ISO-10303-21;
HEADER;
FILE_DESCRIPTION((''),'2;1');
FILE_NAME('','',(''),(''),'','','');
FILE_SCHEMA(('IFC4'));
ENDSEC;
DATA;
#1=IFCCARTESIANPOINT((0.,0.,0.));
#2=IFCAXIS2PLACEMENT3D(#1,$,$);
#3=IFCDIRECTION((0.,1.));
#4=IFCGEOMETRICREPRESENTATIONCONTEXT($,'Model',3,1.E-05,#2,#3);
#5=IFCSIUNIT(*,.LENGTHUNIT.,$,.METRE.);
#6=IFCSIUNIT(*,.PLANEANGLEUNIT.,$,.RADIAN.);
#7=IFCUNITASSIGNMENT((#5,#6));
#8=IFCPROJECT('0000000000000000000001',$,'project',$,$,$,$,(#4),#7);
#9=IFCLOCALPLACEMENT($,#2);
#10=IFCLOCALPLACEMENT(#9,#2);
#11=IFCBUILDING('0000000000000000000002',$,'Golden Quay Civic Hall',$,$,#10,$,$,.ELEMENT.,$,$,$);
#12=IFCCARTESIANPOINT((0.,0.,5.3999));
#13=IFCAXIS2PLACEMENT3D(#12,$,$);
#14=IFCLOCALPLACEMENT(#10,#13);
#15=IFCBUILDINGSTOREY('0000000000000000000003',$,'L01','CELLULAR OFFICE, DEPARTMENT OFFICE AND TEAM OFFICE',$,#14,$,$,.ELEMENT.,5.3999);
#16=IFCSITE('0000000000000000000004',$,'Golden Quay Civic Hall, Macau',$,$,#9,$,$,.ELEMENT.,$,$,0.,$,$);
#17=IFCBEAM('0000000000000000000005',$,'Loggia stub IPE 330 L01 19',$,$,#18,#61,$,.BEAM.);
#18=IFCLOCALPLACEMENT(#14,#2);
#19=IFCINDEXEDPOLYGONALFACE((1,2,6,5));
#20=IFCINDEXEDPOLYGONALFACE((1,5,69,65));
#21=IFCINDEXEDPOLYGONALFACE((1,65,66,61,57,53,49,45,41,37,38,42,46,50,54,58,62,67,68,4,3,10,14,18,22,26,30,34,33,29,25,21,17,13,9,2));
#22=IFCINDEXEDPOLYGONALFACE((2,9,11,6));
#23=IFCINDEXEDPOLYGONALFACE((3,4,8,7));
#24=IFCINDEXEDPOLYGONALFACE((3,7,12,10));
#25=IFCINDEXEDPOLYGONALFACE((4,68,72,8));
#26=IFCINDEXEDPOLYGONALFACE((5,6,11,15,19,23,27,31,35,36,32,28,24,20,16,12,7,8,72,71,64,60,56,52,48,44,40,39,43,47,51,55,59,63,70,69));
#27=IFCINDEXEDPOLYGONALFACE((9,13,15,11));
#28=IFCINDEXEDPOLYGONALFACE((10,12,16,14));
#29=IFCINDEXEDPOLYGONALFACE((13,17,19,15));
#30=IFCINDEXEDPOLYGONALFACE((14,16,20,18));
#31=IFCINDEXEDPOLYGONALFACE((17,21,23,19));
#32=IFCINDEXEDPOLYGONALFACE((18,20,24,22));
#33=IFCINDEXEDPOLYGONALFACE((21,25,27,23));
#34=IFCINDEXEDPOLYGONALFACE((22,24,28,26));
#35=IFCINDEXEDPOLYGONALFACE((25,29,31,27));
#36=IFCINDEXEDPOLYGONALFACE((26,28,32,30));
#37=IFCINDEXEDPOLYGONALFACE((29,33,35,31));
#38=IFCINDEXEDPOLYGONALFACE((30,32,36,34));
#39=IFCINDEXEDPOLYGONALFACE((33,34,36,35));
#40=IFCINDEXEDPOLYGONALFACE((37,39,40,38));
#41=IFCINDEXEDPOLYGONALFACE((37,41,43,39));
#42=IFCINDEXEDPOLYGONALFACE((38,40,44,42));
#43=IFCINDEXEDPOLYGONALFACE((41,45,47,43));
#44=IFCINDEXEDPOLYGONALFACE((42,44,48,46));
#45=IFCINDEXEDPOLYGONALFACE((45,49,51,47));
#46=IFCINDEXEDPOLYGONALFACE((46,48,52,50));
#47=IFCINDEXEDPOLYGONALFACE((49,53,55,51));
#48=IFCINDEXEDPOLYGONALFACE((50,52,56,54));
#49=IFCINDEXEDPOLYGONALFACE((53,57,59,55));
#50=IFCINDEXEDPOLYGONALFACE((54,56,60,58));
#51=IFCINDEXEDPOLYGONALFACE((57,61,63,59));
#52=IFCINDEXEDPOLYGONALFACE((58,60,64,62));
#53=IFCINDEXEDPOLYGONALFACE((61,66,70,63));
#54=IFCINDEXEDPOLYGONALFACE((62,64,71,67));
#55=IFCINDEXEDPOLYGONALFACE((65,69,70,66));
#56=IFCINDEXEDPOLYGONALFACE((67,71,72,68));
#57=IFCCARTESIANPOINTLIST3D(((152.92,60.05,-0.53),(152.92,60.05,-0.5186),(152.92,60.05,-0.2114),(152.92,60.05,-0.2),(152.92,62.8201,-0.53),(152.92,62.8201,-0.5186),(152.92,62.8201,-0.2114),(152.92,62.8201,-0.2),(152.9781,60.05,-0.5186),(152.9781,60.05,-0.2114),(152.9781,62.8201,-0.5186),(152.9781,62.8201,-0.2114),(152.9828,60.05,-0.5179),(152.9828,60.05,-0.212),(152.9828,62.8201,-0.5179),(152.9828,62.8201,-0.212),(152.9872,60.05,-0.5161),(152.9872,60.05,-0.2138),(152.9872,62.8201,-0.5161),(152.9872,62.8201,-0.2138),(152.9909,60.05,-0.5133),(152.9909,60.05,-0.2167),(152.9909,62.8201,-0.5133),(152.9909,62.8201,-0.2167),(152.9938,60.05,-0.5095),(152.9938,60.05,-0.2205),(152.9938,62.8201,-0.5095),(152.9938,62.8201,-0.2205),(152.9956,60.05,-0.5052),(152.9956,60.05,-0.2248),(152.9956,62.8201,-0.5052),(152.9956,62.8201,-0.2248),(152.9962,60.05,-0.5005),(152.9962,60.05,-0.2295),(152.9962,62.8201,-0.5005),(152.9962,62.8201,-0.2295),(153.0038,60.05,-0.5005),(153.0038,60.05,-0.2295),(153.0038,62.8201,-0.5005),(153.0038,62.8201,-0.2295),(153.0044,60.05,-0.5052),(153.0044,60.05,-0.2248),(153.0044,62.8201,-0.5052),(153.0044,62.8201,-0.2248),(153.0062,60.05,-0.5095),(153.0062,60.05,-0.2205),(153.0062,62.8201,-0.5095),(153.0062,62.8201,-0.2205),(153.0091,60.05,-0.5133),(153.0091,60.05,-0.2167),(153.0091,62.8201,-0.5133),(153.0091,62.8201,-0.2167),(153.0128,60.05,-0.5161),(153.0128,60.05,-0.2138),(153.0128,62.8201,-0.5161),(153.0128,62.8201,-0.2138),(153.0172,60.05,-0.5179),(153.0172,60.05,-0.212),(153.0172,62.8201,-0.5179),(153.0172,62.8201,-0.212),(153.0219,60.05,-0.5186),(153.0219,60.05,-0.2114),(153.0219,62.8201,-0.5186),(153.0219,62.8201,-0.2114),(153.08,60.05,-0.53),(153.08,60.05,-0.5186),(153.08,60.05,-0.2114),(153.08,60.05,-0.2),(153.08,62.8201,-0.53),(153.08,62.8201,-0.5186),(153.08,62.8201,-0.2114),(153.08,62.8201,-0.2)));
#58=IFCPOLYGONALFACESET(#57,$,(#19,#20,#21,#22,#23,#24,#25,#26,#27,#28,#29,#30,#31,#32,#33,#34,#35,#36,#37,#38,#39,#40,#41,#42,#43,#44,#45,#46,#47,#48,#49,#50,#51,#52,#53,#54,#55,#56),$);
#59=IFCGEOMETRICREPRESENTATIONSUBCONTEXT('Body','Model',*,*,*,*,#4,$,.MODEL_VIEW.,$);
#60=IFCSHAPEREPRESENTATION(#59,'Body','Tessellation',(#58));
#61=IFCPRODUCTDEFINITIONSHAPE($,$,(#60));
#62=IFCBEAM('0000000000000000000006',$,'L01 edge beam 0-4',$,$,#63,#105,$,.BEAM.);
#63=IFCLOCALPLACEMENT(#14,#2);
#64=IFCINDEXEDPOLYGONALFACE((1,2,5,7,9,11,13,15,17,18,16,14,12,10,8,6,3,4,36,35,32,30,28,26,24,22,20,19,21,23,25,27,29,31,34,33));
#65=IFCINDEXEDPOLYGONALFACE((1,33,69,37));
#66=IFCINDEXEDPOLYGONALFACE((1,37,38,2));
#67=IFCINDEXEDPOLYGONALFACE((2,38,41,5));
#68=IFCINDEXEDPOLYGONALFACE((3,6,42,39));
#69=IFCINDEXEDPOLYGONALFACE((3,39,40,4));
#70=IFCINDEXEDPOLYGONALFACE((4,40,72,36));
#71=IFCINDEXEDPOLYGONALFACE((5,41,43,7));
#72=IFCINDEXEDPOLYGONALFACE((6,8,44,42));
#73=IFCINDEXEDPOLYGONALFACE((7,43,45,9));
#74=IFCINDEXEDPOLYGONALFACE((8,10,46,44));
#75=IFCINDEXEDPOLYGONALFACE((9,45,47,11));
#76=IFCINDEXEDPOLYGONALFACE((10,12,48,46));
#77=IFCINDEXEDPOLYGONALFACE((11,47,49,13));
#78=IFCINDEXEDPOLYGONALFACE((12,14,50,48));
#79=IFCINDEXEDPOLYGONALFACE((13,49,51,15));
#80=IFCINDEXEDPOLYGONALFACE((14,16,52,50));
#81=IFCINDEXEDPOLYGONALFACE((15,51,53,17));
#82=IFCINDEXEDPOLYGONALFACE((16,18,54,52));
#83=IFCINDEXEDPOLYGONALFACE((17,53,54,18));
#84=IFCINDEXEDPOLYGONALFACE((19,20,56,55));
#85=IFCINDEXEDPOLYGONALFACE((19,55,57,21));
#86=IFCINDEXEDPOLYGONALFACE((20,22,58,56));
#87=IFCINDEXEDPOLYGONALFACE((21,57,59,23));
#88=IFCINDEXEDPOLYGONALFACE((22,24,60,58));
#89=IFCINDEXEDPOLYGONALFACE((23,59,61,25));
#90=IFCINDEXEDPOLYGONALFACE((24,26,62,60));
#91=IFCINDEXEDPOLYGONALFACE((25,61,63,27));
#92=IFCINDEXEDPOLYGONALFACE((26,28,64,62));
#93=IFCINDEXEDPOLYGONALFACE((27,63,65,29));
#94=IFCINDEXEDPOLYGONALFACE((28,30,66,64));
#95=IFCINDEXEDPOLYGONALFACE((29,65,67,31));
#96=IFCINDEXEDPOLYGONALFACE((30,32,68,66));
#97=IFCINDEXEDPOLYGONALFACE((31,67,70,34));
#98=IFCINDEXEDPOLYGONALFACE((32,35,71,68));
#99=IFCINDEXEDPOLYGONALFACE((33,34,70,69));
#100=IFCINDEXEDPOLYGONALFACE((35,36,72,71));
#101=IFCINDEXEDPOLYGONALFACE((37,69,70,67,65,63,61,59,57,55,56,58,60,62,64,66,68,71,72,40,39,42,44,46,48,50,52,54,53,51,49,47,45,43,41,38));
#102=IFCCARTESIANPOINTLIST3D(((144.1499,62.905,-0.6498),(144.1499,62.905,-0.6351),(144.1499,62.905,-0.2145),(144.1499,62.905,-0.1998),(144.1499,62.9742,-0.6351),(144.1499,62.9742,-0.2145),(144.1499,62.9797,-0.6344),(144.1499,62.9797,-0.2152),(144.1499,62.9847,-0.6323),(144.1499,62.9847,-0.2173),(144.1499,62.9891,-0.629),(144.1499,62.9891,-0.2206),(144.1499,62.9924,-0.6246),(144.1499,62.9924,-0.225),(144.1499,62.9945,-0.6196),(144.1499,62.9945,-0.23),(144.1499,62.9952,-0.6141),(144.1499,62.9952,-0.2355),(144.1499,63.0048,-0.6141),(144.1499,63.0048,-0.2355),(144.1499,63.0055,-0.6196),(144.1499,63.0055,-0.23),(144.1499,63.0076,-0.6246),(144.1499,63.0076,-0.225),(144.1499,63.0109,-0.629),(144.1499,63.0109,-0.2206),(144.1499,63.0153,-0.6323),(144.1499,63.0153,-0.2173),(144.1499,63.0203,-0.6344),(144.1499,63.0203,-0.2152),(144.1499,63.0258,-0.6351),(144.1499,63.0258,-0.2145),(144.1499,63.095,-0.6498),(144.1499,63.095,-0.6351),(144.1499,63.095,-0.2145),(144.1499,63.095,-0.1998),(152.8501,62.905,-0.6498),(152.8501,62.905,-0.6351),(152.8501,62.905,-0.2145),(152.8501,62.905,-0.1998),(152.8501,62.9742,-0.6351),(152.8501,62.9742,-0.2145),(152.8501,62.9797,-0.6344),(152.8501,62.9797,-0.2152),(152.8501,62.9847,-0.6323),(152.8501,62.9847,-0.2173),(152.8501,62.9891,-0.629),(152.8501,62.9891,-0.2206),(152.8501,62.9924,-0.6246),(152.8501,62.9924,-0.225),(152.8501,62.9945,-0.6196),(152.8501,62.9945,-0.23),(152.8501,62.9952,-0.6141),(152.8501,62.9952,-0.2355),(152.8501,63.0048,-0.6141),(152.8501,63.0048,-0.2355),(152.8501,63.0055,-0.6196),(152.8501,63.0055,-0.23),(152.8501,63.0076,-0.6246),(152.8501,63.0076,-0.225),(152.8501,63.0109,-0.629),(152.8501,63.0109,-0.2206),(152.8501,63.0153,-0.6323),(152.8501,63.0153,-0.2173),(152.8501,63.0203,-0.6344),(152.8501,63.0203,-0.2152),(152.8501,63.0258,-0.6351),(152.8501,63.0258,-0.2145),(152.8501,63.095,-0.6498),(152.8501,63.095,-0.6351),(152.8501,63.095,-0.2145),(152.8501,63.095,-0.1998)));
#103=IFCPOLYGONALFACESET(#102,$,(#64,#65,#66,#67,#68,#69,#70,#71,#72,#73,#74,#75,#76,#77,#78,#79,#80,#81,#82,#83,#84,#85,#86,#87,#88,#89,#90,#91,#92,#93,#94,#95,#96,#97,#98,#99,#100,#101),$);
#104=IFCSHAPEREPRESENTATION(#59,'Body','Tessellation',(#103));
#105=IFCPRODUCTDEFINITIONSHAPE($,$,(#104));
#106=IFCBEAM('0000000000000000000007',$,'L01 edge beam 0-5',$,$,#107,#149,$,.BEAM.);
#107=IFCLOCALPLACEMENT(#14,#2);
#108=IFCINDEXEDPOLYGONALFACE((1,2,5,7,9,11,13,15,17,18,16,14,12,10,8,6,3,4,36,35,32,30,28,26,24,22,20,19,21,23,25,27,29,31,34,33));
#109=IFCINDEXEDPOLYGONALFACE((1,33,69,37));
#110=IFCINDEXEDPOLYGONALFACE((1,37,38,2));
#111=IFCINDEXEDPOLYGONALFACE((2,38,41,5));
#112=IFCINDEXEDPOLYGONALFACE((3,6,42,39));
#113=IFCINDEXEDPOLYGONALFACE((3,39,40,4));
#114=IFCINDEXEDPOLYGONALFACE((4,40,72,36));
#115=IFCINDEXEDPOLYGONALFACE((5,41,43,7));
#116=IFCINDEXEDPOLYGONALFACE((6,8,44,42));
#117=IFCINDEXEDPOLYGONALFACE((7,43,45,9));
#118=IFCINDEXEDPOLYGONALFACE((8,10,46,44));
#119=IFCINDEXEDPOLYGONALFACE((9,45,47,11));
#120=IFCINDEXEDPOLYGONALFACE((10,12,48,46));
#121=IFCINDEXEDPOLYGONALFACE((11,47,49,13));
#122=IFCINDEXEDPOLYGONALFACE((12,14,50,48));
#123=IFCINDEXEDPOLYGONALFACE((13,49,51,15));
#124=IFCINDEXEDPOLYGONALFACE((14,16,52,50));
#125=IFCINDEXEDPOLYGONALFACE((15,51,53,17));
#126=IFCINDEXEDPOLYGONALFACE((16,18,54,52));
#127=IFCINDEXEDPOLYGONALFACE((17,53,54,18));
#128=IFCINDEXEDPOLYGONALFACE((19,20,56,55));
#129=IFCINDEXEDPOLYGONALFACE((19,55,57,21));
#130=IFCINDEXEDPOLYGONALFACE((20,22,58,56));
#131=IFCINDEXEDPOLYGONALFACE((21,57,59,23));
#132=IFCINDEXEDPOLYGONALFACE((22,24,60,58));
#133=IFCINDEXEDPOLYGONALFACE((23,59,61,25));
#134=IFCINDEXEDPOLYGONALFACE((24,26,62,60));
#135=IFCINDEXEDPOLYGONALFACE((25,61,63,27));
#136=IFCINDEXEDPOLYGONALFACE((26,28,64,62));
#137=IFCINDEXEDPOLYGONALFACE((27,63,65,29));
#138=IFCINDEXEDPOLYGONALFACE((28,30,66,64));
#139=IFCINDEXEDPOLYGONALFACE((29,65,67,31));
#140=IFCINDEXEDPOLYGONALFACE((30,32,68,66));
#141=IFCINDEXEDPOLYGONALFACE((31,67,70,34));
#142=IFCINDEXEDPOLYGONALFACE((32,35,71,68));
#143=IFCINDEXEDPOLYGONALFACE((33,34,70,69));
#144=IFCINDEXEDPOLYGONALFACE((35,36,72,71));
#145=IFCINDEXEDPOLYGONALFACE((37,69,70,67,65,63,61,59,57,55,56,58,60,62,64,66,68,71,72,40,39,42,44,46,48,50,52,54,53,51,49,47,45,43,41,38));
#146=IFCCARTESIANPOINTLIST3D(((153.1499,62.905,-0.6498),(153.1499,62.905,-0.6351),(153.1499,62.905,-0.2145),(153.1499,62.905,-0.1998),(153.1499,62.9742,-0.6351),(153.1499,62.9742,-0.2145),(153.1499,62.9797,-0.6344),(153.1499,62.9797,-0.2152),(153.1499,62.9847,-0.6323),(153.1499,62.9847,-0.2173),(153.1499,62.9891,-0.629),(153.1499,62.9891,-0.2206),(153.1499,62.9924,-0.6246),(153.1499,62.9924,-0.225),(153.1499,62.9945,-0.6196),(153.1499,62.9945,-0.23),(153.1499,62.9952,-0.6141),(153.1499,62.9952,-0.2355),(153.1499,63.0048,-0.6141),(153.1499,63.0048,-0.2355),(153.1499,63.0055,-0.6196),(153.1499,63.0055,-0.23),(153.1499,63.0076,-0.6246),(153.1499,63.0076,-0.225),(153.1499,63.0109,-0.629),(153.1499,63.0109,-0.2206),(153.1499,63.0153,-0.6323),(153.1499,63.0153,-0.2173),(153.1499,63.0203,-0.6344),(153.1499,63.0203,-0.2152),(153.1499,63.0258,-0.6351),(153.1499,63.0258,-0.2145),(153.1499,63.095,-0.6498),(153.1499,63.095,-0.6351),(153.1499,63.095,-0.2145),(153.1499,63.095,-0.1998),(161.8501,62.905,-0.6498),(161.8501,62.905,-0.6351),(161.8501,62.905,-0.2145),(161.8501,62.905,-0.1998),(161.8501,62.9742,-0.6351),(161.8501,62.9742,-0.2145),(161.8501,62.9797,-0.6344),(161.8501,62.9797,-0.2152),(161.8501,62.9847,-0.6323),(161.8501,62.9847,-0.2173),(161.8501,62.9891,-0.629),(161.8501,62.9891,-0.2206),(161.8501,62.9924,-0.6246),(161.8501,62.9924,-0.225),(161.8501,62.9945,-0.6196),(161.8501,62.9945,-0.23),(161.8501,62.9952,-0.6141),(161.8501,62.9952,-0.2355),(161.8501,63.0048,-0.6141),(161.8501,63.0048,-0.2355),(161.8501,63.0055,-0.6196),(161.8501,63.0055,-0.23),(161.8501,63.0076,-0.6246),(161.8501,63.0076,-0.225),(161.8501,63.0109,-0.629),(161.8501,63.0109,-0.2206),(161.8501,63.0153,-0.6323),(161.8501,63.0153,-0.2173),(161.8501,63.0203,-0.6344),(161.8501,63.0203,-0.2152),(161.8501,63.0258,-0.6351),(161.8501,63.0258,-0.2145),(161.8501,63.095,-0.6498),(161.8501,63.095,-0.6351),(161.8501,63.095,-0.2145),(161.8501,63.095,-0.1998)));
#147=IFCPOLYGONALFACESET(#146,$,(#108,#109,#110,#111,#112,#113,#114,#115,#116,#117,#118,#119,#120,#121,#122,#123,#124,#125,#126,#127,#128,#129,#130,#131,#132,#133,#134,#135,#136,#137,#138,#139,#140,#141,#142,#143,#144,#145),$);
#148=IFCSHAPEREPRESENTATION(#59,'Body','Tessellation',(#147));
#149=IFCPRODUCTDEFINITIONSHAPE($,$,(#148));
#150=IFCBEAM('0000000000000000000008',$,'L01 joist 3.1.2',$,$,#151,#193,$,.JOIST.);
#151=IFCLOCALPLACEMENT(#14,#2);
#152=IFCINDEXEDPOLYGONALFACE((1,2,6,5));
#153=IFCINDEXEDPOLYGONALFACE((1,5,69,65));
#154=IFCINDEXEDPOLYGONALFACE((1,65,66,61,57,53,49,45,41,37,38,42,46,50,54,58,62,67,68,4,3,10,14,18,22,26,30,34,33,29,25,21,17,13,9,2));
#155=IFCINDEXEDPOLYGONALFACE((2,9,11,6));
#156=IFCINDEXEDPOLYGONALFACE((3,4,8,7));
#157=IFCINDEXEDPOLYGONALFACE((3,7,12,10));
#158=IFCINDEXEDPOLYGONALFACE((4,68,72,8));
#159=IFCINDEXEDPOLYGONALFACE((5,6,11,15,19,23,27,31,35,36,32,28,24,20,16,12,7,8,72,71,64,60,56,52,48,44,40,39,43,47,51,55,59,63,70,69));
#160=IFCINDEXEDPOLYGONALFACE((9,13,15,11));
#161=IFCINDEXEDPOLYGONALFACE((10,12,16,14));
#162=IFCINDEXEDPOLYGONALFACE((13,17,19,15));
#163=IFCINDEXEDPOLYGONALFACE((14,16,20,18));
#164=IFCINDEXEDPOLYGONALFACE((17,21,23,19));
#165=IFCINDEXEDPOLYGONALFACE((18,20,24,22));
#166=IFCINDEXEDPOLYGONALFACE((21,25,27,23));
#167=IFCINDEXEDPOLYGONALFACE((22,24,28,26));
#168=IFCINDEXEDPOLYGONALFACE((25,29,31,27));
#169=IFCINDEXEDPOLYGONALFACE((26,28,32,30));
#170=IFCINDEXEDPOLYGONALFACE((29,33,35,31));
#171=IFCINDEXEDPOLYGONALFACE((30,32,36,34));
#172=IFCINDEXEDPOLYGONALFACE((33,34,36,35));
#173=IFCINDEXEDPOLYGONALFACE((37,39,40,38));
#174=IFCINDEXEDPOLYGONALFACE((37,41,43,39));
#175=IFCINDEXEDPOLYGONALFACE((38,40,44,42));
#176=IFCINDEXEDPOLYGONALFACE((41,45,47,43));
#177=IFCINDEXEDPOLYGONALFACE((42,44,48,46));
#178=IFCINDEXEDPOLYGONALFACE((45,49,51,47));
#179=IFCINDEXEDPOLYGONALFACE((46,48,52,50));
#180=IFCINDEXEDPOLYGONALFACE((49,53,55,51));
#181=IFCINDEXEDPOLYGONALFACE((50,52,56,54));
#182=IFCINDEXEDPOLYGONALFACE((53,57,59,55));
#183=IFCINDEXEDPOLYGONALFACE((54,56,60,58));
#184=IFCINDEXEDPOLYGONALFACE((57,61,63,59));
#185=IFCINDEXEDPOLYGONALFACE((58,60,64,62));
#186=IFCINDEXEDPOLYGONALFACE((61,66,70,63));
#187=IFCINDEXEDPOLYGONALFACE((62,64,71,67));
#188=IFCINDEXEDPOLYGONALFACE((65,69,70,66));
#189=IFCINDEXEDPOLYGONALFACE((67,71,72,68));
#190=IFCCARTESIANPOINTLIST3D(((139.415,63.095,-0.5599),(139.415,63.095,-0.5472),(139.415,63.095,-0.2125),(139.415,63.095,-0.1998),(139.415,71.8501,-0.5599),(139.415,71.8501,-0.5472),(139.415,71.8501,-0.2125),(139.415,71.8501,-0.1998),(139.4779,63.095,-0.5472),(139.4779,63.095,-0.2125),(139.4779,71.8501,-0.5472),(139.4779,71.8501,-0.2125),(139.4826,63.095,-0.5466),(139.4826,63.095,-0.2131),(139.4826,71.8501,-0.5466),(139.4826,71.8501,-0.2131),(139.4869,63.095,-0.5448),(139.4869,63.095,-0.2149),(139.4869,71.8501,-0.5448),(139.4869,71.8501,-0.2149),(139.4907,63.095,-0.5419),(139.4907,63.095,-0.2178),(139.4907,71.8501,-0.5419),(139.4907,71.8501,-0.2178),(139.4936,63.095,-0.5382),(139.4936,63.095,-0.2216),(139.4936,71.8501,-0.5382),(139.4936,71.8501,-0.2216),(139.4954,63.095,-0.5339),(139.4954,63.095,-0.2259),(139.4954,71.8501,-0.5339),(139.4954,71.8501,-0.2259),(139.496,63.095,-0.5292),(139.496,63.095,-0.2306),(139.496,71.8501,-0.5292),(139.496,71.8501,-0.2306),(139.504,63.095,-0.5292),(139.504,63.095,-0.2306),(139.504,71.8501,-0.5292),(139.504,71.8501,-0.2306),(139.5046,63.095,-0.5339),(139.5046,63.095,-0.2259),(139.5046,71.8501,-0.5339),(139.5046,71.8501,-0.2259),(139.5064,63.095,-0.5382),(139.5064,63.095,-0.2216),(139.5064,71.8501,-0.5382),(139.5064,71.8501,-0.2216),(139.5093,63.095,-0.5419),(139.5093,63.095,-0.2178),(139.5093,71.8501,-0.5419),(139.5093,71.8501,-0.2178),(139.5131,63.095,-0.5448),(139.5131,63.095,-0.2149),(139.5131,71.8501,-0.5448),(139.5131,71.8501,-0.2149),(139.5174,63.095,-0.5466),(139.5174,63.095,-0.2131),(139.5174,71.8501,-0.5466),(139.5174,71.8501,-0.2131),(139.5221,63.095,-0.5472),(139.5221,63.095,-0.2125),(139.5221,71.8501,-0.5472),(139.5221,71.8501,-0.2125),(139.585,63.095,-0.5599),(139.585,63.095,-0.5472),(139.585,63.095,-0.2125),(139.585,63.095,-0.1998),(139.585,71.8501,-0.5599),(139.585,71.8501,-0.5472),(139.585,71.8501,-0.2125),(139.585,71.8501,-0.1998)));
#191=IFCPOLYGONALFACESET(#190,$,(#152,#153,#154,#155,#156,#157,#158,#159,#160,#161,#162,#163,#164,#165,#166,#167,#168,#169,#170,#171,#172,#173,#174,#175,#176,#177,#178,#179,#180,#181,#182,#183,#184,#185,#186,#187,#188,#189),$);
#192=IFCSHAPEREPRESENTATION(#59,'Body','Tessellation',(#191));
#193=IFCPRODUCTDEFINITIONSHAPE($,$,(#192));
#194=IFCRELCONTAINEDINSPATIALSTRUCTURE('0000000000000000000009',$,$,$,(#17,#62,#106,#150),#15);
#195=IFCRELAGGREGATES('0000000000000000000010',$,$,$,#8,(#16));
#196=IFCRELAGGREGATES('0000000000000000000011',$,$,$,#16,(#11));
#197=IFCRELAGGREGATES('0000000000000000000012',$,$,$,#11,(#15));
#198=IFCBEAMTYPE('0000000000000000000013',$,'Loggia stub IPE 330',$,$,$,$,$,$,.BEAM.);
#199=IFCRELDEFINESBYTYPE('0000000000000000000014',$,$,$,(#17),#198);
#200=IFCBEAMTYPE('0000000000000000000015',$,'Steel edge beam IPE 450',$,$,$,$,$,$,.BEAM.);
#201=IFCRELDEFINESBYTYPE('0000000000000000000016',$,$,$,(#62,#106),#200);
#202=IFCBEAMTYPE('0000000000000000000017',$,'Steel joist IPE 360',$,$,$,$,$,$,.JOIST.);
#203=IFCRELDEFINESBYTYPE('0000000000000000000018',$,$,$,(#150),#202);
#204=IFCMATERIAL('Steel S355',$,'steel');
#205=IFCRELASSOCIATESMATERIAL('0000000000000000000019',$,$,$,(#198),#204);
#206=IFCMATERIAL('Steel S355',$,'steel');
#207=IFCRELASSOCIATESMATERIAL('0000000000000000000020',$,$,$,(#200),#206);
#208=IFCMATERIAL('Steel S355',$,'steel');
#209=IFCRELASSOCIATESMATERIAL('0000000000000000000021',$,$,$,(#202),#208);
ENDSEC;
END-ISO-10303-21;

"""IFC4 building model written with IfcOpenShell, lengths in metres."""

from ifc_helpers import new_model, si_unit, direction, frame, origin, origin_2d, place, context, subcontext, project, spatial, i_section, extrude, material, material_profile, profile_set, type_object, element, save


model = new_model("IFC4")

# Units and contexts
model_context = context("Model", 3, precision=1e-05, world=origin(), true_north=direction((0.0, 1.0)))
body_context = subcontext(model_context, "Body", "Model", "MODEL_VIEW")
ifc_project = project(units=[si_unit("LENGTHUNIT", "METRE"), si_unit("PLANEANGLEUNIT", "RADIAN")], contexts=[model_context])

# Site, building, storey
site_placement = place(None, origin())
site = spatial("IfcSite", under=ifc_project, at=site_placement, Name="Golden Quay Civic Hall, Macau", CompositionType="ELEMENT", RefElevation=0.0)
building_placement = place(site_placement, origin())
building = spatial("IfcBuilding", under=site, at=building_placement, Name="Golden Quay Civic Hall", CompositionType="ELEMENT")
storey_placement = place(building_placement, frame((0.0, 0.0, 5.3999)))
storey = spatial("IfcBuildingStorey", under=building, at=storey_placement, Name="L01", Description="CELLULAR OFFICE, DEPARTMENT OFFICE AND TEAM OFFICE", CompositionType="ELEMENT", Elevation=5.3999)

# Beams
ifc_material_1 = material(Name="Steel S355", Category="steel")
ifc_material_profile_1 = material_profile(ifc_material_1, i_section(OverallWidth=0.1599, OverallDepth=0.3301, WebThickness=0.0076, FlangeThickness=0.0115, FilletRadius=0.0181, at=origin_2d()), Name="IPE 330")
ifc_profile_set_1 = profile_set([ifc_material_profile_1], Name="Steel S355")
beam_type_1 = type_object("IfcBeamType", Name="Loggia stub IPE 330", PredefinedType="BEAM", material=ifc_profile_set_1)
for number, where, z_axis, x_axis, name in (
    (1, (153.0, 62.8201, -0.365), (0.0, -1.0, 0.0), (1.0, 0.0, 0.0), "Loggia stub IPE 330 L01 19"),
):
    element("IfcBeam", number, at=place(storey_placement, frame(where, z_axis=z_axis, x_axis=x_axis)), inside=storey, type_object=beam_type_1, Name=name, PredefinedType="BEAM", context=body_context, shape_type="SweptSolid", body=[
        extrude(i_section(OverallWidth=0.1599, OverallDepth=0.3301, WebThickness=0.0076, FlangeThickness=0.0115, FilletRadius=0.0181, at=origin_2d()), origin(), (0.0, 0.0, 1.0), 2.77),
    ])
ifc_material_2 = material(Name="Steel S355", Category="steel")
ifc_material_profile_2 = material_profile(ifc_material_2, i_section(OverallWidth=0.1899, OverallDepth=0.45, WebThickness=0.0095, FlangeThickness=0.0146, FilletRadius=0.021, at=origin_2d()), Name="IPE 450")
ifc_profile_set_2 = profile_set([ifc_material_profile_2], Name="Steel S355")
beam_type_2 = type_object("IfcBeamType", Name="Steel edge beam IPE 450", PredefinedType="BEAM", material=ifc_profile_set_2)
for number, where, z_axis, x_axis, name in (
    (2, (144.1499, 63.0, -0.4248), (1.0, 0.0, 0.0), (0.0, 1.0, 0.0), "L01 edge beam 0-4"),
    (3, (153.1499, 63.0, -0.4248), (1.0, 0.0, 0.0), (0.0, 1.0, 0.0), "L01 edge beam 0-5"),
):
    element("IfcBeam", number, at=place(storey_placement, frame(where, z_axis=z_axis, x_axis=x_axis)), inside=storey, type_object=beam_type_2, Name=name, PredefinedType="BEAM", context=body_context, shape_type="SweptSolid", body=[
        extrude(i_section(OverallWidth=0.1899, OverallDepth=0.45, WebThickness=0.0095, FlangeThickness=0.0146, FilletRadius=0.021, at=origin_2d()), origin(), (0.0, 0.0, 1.0), 8.7002),
    ])
ifc_material_3 = material(Name="Steel S355", Category="steel")
ifc_material_profile_3 = material_profile(ifc_material_3, i_section(OverallWidth=0.1699, OverallDepth=0.3601, WebThickness=0.0081, FlangeThickness=0.0127, FilletRadius=0.0181, at=origin_2d()), Name="IPE 360")
ifc_profile_set_3 = profile_set([ifc_material_profile_3], Name="Steel S355")
beam_type_3 = type_object("IfcBeamType", Name="Steel joist IPE 360", PredefinedType="JOIST", material=ifc_profile_set_3)
for number, where, z_axis, x_axis, name in (
    (4, (139.5, 63.095, -0.3799), (0.0, 1.0, 0.0), (-1.0, 0.0, 0.0), "L01 joist 3.1.2"),
):
    element("IfcBeam", number, at=place(storey_placement, frame(where, z_axis=z_axis, x_axis=x_axis)), inside=storey, type_object=beam_type_3, Name=name, PredefinedType="JOIST", context=body_context, shape_type="SweptSolid", body=[
        extrude(i_section(OverallWidth=0.1699, OverallDepth=0.3601, WebThickness=0.0081, FlangeThickness=0.0127, FilletRadius=0.0181, at=origin_2d()), origin(), (0.0, 0.0, 1.0), 8.7551),
    ])

save(model, "model.ifc")
